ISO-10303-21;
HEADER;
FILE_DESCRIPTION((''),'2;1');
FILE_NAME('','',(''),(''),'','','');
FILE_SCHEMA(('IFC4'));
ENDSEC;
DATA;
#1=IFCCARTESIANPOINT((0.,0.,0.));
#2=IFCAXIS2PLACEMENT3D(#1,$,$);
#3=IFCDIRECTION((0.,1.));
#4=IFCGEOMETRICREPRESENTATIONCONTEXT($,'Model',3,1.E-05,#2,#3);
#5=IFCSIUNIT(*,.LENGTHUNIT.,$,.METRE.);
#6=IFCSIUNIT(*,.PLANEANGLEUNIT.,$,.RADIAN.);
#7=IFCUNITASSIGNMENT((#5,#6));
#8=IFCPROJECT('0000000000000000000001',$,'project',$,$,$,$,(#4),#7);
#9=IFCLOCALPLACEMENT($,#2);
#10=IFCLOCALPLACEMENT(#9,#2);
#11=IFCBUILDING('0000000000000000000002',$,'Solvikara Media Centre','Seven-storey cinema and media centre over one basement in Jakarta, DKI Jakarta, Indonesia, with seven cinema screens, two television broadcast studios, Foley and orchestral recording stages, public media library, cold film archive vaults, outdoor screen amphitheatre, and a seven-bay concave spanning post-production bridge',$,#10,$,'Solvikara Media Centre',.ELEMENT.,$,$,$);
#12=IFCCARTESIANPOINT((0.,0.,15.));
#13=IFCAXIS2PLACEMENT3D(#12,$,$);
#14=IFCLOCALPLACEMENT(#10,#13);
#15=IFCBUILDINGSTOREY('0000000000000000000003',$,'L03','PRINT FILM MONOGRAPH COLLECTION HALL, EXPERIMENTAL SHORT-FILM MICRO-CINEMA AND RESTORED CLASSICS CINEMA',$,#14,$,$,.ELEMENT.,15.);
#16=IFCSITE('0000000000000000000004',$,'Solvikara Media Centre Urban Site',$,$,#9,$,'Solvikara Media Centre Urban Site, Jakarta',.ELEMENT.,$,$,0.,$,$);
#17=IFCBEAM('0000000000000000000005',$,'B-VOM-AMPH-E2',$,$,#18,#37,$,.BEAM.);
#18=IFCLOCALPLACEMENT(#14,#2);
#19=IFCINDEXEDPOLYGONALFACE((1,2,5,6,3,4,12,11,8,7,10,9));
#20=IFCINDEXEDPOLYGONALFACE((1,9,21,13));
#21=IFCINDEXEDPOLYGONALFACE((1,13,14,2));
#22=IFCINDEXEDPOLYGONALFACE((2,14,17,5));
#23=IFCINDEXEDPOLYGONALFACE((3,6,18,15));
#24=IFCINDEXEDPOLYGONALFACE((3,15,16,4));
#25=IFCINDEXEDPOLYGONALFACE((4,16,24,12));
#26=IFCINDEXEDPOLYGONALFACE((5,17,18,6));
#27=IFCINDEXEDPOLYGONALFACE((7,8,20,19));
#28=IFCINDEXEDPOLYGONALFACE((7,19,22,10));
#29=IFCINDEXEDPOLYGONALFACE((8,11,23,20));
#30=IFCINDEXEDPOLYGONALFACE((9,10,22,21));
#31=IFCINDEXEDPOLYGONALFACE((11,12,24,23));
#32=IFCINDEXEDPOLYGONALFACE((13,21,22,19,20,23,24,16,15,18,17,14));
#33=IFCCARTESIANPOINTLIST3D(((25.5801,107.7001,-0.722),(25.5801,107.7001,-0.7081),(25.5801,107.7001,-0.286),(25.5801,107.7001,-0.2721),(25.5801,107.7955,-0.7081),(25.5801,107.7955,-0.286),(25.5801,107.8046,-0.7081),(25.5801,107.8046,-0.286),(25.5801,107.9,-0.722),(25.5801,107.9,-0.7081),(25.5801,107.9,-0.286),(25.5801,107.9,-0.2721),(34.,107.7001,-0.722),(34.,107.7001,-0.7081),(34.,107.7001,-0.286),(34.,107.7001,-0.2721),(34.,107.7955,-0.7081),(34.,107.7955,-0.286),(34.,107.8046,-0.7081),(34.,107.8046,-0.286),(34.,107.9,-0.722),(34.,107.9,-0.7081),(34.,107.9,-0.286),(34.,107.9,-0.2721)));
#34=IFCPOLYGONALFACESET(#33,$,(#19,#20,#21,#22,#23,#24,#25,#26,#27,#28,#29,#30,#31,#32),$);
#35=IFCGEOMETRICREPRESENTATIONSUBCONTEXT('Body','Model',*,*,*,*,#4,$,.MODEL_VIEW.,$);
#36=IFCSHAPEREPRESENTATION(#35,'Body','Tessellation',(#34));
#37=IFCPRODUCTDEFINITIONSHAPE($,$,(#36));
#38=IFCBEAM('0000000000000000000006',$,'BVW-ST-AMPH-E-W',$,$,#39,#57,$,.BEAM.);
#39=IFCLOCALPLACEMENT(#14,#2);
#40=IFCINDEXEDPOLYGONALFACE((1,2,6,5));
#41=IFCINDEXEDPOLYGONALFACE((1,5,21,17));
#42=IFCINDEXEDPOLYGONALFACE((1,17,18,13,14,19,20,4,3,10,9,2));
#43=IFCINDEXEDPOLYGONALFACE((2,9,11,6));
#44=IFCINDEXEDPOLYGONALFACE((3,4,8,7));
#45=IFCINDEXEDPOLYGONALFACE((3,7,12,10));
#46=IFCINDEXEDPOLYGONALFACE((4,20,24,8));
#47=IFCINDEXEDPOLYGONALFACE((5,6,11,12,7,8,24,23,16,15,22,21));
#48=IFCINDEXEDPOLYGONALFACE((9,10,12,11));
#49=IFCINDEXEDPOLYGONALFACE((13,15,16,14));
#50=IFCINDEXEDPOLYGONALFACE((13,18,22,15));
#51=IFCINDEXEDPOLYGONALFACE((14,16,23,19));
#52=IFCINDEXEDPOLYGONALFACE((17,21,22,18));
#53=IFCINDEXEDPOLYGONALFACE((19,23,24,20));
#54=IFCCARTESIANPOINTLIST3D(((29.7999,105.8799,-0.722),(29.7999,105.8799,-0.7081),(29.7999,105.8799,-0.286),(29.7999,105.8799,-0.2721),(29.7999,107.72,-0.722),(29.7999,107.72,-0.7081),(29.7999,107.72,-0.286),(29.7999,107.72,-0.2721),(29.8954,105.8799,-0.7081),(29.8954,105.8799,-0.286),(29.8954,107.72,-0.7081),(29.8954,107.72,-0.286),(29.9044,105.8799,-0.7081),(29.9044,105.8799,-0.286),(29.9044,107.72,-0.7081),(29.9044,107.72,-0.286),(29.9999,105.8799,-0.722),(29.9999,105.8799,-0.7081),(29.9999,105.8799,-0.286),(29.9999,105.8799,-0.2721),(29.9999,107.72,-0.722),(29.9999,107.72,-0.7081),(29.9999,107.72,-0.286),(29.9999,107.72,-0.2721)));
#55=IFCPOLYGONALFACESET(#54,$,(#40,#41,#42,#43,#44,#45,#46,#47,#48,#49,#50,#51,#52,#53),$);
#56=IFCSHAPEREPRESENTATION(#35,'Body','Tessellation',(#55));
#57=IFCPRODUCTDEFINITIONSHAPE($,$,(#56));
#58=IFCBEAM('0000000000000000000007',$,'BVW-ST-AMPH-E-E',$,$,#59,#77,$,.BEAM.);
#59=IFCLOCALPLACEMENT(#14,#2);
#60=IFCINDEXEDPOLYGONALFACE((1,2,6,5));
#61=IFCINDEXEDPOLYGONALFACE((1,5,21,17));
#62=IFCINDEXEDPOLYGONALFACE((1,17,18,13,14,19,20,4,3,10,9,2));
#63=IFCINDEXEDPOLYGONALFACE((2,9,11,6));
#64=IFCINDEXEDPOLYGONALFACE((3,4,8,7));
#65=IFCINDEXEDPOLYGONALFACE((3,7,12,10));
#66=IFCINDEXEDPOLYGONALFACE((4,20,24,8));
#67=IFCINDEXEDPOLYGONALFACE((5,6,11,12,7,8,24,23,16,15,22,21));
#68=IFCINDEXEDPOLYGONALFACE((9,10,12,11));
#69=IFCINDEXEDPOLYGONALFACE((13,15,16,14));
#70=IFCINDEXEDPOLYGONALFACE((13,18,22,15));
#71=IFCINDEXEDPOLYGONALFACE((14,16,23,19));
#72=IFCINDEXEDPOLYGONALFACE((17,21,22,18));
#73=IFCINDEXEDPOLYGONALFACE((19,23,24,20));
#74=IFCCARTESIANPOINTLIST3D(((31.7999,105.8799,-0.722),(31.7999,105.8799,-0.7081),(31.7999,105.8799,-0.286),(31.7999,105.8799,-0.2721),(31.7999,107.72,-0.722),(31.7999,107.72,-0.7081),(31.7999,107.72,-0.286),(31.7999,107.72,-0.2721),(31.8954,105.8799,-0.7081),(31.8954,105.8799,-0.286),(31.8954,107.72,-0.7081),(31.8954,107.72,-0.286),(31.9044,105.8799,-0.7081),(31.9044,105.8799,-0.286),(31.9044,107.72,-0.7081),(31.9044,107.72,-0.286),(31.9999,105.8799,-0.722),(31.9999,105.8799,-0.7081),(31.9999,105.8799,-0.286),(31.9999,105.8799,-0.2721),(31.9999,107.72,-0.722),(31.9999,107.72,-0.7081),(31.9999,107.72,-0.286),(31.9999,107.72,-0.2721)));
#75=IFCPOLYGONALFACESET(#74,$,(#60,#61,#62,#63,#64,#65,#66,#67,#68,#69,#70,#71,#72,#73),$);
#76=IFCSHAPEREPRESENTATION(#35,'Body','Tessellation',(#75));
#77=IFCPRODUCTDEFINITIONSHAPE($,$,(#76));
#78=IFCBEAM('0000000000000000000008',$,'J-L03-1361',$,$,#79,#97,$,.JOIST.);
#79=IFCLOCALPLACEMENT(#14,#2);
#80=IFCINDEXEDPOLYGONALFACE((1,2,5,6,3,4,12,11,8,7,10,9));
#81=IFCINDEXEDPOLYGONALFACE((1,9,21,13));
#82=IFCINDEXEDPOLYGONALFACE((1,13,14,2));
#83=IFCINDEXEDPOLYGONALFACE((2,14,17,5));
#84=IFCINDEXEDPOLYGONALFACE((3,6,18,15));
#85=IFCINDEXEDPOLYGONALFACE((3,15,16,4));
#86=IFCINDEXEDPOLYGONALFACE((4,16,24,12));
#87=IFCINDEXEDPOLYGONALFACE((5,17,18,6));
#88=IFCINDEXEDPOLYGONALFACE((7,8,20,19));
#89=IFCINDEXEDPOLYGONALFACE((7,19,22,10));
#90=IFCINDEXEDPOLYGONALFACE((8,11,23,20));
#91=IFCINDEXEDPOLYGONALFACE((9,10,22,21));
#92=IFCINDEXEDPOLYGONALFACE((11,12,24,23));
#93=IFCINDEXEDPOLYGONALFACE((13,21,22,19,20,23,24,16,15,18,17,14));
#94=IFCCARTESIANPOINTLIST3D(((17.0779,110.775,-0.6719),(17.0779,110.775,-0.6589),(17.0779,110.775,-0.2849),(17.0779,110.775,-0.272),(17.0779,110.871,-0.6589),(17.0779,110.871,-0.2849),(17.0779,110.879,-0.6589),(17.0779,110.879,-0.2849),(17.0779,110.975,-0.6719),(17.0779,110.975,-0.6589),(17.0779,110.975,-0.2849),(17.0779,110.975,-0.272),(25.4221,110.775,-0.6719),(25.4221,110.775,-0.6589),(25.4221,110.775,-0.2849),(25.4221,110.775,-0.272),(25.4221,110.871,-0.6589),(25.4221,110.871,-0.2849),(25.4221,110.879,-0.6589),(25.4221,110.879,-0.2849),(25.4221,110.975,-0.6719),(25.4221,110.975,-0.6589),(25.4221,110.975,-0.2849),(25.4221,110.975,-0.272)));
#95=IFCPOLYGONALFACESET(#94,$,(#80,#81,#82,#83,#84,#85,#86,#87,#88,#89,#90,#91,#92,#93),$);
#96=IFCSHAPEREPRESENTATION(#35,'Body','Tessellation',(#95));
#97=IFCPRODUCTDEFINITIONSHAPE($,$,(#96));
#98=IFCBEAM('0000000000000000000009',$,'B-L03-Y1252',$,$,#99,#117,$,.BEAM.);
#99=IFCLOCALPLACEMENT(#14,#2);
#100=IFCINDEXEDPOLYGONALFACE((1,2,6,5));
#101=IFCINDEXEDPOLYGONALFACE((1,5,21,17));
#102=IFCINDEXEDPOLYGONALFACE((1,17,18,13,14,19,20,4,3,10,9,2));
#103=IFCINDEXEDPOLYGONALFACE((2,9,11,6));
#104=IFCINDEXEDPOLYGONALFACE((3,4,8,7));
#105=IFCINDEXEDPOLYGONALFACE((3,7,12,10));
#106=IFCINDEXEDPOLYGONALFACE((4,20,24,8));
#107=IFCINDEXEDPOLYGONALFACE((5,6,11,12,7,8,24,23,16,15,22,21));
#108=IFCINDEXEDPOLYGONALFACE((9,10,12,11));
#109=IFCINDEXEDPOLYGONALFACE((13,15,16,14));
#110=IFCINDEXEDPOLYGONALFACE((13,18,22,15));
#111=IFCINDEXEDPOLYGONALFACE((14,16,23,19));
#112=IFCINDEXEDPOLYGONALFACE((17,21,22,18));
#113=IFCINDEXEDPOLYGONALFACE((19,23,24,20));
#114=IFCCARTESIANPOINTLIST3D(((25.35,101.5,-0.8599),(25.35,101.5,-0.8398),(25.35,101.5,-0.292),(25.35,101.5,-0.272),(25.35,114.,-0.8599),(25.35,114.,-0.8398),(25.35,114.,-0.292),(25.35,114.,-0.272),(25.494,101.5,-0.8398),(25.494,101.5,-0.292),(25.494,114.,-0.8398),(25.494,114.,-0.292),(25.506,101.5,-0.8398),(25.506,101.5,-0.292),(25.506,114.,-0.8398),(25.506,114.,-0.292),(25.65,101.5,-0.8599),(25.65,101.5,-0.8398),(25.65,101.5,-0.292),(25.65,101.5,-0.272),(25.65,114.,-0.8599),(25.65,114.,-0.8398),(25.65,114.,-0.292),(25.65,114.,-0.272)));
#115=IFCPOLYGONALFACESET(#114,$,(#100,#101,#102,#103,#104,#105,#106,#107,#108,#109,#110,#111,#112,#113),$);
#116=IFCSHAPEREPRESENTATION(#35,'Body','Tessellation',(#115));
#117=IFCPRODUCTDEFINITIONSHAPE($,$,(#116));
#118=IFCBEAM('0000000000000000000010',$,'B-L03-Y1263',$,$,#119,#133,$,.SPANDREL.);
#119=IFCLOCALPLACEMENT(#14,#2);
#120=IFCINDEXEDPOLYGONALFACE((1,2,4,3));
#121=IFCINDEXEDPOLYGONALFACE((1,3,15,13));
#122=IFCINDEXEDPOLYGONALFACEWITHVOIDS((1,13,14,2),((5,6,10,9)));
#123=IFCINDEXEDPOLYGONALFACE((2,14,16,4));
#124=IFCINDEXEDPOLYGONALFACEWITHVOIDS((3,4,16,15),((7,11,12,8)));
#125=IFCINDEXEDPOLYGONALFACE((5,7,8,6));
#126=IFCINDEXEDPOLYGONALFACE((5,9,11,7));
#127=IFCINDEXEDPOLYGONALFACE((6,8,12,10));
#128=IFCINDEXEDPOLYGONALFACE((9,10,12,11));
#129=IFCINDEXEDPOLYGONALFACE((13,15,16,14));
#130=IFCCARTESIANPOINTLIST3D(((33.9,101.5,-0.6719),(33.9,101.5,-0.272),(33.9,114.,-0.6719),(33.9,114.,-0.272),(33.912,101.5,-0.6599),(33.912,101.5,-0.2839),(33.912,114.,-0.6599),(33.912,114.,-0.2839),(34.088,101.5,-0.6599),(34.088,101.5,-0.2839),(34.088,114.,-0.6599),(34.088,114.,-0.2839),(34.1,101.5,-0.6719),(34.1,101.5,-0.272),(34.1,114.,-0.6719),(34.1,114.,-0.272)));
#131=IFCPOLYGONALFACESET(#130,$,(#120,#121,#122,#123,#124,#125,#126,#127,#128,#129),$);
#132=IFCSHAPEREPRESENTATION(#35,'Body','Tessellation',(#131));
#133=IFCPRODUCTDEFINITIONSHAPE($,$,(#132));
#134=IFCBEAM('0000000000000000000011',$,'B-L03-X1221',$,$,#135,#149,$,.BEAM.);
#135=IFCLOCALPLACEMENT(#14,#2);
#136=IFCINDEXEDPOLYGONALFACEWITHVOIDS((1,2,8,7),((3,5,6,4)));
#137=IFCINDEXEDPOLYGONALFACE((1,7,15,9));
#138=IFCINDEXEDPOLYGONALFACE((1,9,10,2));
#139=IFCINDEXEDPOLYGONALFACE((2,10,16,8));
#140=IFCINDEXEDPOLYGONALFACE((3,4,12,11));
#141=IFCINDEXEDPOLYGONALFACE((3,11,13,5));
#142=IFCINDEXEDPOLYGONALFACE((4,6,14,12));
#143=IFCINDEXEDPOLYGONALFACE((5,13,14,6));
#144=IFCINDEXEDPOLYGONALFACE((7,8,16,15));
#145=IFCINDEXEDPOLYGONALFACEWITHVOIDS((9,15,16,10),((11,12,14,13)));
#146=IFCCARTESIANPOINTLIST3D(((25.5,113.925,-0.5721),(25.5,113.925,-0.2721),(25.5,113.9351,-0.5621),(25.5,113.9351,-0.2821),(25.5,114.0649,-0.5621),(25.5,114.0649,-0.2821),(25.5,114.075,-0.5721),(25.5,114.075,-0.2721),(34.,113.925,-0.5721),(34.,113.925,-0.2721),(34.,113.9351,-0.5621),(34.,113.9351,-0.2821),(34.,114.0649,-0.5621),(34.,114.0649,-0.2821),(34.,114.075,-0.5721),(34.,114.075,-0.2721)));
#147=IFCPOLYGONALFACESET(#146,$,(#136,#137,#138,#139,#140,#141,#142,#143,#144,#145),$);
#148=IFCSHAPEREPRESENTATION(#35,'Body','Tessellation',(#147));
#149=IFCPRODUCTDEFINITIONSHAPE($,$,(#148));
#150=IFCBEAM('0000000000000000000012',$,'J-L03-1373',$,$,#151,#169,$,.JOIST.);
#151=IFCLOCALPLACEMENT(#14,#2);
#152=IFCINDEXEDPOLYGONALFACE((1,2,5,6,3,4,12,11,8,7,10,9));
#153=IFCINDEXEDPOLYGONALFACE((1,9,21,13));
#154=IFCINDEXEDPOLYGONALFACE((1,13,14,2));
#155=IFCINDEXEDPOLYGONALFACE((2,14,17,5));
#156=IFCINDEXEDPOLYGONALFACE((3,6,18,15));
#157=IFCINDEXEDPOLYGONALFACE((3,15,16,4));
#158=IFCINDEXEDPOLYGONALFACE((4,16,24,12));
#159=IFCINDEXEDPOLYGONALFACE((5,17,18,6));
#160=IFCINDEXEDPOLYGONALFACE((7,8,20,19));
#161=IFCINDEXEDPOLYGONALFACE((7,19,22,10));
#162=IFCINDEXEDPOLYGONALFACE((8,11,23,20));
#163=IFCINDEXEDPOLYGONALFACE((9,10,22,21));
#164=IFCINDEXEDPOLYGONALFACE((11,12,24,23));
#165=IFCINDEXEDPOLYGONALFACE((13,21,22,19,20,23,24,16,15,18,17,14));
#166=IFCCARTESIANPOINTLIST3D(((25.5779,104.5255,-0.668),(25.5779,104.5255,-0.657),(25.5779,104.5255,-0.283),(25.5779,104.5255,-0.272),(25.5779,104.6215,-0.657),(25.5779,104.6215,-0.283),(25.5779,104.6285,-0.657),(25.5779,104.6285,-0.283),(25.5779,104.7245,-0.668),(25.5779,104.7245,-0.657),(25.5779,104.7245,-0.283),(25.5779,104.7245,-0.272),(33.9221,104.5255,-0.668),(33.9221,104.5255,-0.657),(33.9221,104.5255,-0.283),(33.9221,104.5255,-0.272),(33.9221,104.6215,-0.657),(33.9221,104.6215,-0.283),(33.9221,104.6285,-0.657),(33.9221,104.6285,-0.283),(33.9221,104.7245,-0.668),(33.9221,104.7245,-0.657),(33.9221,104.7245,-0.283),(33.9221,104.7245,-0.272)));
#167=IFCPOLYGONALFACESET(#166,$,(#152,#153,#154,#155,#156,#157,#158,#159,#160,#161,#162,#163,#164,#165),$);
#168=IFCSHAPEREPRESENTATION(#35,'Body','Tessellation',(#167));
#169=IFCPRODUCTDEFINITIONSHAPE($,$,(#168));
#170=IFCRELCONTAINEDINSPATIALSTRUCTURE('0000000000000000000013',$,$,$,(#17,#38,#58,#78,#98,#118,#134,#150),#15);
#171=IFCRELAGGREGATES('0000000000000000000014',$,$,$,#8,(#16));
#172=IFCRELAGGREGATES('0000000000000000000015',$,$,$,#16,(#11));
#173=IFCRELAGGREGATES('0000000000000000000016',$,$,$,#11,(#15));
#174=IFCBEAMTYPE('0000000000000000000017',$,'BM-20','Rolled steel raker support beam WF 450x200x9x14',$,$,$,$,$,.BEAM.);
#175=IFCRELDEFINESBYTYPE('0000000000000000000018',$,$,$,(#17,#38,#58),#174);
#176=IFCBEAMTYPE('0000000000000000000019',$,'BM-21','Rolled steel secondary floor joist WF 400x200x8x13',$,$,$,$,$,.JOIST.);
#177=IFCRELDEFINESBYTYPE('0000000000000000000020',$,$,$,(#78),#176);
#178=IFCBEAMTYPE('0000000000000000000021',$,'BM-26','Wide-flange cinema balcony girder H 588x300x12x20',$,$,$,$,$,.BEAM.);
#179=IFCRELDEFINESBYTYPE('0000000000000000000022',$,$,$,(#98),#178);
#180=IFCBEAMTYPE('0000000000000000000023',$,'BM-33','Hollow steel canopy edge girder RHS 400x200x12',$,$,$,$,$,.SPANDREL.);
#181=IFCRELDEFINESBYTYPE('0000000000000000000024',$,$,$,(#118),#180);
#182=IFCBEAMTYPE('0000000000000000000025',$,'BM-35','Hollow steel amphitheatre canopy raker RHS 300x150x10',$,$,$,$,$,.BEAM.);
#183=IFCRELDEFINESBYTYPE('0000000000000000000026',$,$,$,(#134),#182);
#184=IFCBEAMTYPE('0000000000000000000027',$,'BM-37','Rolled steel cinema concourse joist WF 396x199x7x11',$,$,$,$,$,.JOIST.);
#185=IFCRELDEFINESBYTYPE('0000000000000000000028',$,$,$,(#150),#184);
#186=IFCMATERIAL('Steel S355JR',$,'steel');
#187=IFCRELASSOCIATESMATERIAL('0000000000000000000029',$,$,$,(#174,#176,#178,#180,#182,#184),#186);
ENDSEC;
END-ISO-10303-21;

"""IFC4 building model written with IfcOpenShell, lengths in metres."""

from ifc_helpers import new_model, si_unit, direction, frame, origin, origin_2d, place, context, subcontext, project, spatial, hollow_rectangle, i_section, extrude, material, material_profile, profile_set, type_object, element, save


model = new_model("IFC4")

# Units and contexts
model_context = context("Model", 3, precision=1e-05, world=origin(), true_north=direction((0.0, 1.0)))
body_context = subcontext(model_context, "Body", "Model", "MODEL_VIEW")
ifc_project = project(units=[si_unit("LENGTHUNIT", "METRE"), si_unit("PLANEANGLEUNIT", "RADIAN")], contexts=[model_context])

# Site, building, storey
site_placement = place(None, origin())
site = spatial("IfcSite", under=ifc_project, at=site_placement, Name="Solvikara Media Centre Urban Site", LongName="Solvikara Media Centre Urban Site, Jakarta", CompositionType="ELEMENT", RefElevation=0.0)
building_placement = place(site_placement, origin())
building = spatial("IfcBuilding", under=site, at=building_placement, Name="Solvikara Media Centre", Description="Seven-storey cinema and media centre over one basement in Jakarta, DKI Jakarta, Indonesia, with seven cinema screens, two television broadcast studios, Foley and orchestral recording stages, public media library, cold film archive vaults, outdoor screen amphitheatre, and a seven-bay concave spanning post-production bridge", LongName="Solvikara Media Centre", CompositionType="ELEMENT")
storey_placement = place(building_placement, frame((0.0, 0.0, 15.0)))
storey = spatial("IfcBuildingStorey", under=building, at=storey_placement, Name="L03", Description="PRINT FILM MONOGRAPH COLLECTION HALL, EXPERIMENTAL SHORT-FILM MICRO-CINEMA AND RESTORED CLASSICS CINEMA", CompositionType="ELEMENT", Elevation=15.0)

# Shared definitions
ifc_material_1 = material(Name="Steel S355JR", Category="steel")

# Beams
ifc_material_profile_1 = material_profile(ifc_material_1, i_section(OverallWidth=0.2, OverallDepth=0.45, WebThickness=0.009, FlangeThickness=0.0139, at=origin_2d()), Name="WF 450x200x9x14")
ifc_profile_set_1 = profile_set([ifc_material_profile_1], Name="Steel S355JR")
beam_type_1 = type_object("IfcBeamType", Name="BM-20", Description="Rolled steel raker support beam WF 450x200x9x14", PredefinedType="BEAM", material=ifc_profile_set_1)
for number, where, z_axis, x_axis, name in (
    (1, (25.5801, 107.8, -0.4971), (1.0, 0.0, 0.0), (0.0, 1.0, 0.0), "B-VOM-AMPH-E2"),
):
    element("IfcBeam", number, at=place(storey_placement, frame(where, z_axis=z_axis, x_axis=x_axis)), inside=storey, type_object=beam_type_1, Name=name, PredefinedType="BEAM", context=body_context, shape_type="SweptSolid", body=[
        extrude(i_section(OverallWidth=0.2, OverallDepth=0.45, WebThickness=0.009, FlangeThickness=0.0139, at=origin_2d()), origin(), (0.0, 0.0, 1.0), 8.4199),
    ])
for number, where, z_axis, x_axis, name in (
    (2, (29.8999, 105.8799, -0.4971), (0.0, 1.0, 0.0), (-1.0, 0.0, 0.0), "BVW-ST-AMPH-E-W"),
    (3, (31.8999, 105.8799, -0.4971), (0.0, 1.0, 0.0), (-1.0, 0.0, 0.0), "BVW-ST-AMPH-E-E"),
):
    element("IfcBeam", number, at=place(storey_placement, frame(where, z_axis=z_axis, x_axis=x_axis)), inside=storey, type_object=beam_type_1, Name=name, PredefinedType="BEAM", context=body_context, shape_type="SweptSolid", body=[
        extrude(i_section(OverallWidth=0.2, OverallDepth=0.45, WebThickness=0.009, FlangeThickness=0.0139, at=origin_2d()), origin(), (0.0, 0.0, 1.0), 1.8401),
    ])
ifc_material_profile_2 = material_profile(ifc_material_1, i_section(OverallWidth=0.2, OverallDepth=0.3999, WebThickness=0.0081, FlangeThickness=0.0129, at=origin_2d()), Name="WF 400x200x8x13")
ifc_profile_set_2 = profile_set([ifc_material_profile_2], Name="Steel S355JR")
beam_type_2 = type_object("IfcBeamType", Name="BM-21", Description="Rolled steel secondary floor joist WF 400x200x8x13", PredefinedType="JOIST", material=ifc_profile_set_2)
beam_1_placement = place(storey_placement, frame((17.0779, 110.875, -0.4719), z_axis=(1.0, 0.0, 0.0), x_axis=(0.0, 1.0, 0.0)))
element("IfcBeam", 4, at=beam_1_placement, inside=storey, type_object=beam_type_2, Name="J-L03-1361", PredefinedType="JOIST", context=body_context, shape_type="SweptSolid", body=[
    extrude(i_section(OverallWidth=0.2, OverallDepth=0.3999, WebThickness=0.0081, FlangeThickness=0.0129, at=origin_2d()), origin(), (0.0, 0.0, 1.0), 8.3442),
])
ifc_material_profile_3 = material_profile(ifc_material_1, i_section(OverallWidth=0.3, OverallDepth=0.5879, WebThickness=0.012, FlangeThickness=0.02, at=origin_2d()), Name="H 588x300x12x20")
ifc_profile_set_3 = profile_set([ifc_material_profile_3], Name="Steel S355JR")
beam_type_3 = type_object("IfcBeamType", Name="BM-26", Description="Wide-flange cinema balcony girder H 588x300x12x20", PredefinedType="BEAM", material=ifc_profile_set_3)
beam_2_placement = place(storey_placement, frame((25.5, 101.5, -0.5659), z_axis=(0.0, 1.0, 0.0), x_axis=(-1.0, 0.0, 0.0)))
element("IfcBeam", 5, at=beam_2_placement, inside=storey, type_object=beam_type_3, Name="B-L03-Y1252", PredefinedType="BEAM", context=body_context, shape_type="SweptSolid", body=[
    extrude(i_section(OverallWidth=0.3, OverallDepth=0.5879, WebThickness=0.012, FlangeThickness=0.02, at=origin_2d()), origin(), (0.0, 0.0, 1.0), 12.5),
])
ifc_material_profile_4 = material_profile(ifc_material_1, hollow_rectangle(XDim=0.2, YDim=0.3999, WallThickness=0.012, at=origin_2d()), Name="RHS 400x200x12")
ifc_profile_set_4 = profile_set([ifc_material_profile_4], Name="Steel S355JR")
beam_type_4 = type_object("IfcBeamType", Name="BM-33", Description="Hollow steel canopy edge girder RHS 400x200x12", PredefinedType="SPANDREL", material=ifc_profile_set_4)
beam_3_placement = place(storey_placement, frame((34.0, 101.5, -0.4719), z_axis=(0.0, 1.0, 0.0), x_axis=(-1.0, 0.0, 0.0)))
element("IfcBeam", 6, at=beam_3_placement, inside=storey, type_object=beam_type_4, Name="B-L03-Y1263", PredefinedType="SPANDREL", context=body_context, shape_type="SweptSolid", body=[
    extrude(hollow_rectangle(XDim=0.2, YDim=0.3999, WallThickness=0.012, at=origin_2d()), origin(), (0.0, 0.0, 1.0), 12.5),
])
ifc_material_profile_5 = material_profile(ifc_material_1, hollow_rectangle(XDim=0.1499, YDim=0.3, WallThickness=0.01, at=origin_2d()), Name="RHS 300x150x10")
ifc_profile_set_5 = profile_set([ifc_material_profile_5], Name="Steel S355JR")
beam_type_5 = type_object("IfcBeamType", Name="BM-35", Description="Hollow steel amphitheatre canopy raker RHS 300x150x10", PredefinedType="BEAM", material=ifc_profile_set_5)
beam_4_placement = place(storey_placement, frame((25.5, 114.0, -0.4221), z_axis=(1.0, 0.0, 0.0), x_axis=(0.0, 1.0, 0.0)))
element("IfcBeam", 7, at=beam_4_placement, inside=storey, type_object=beam_type_5, Name="B-L03-X1221", PredefinedType="BEAM", context=body_context, shape_type="SweptSolid", body=[
    extrude(hollow_rectangle(XDim=0.1499, YDim=0.3, WallThickness=0.01, at=origin_2d()), origin(), (0.0, 0.0, 1.0), 8.5),
])
ifc_material_profile_6 = material_profile(ifc_material_1, i_section(OverallWidth=0.199, OverallDepth=0.396, WebThickness=0.0071, FlangeThickness=0.011, at=origin_2d()), Name="WF 396x199x7x11")
ifc_profile_set_6 = profile_set([ifc_material_profile_6], Name="Steel S355JR")
beam_type_6 = type_object("IfcBeamType", Name="BM-37", Description="Rolled steel cinema concourse joist WF 396x199x7x11", PredefinedType="JOIST", material=ifc_profile_set_6)
beam_5_placement = place(storey_placement, frame((25.5779, 104.625, -0.47), z_axis=(1.0, 0.0, 0.0), x_axis=(0.0, 1.0, 0.0)))
element("IfcBeam", 8, at=beam_5_placement, inside=storey, type_object=beam_type_6, Name="J-L03-1373", PredefinedType="JOIST", context=body_context, shape_type="SweptSolid", body=[
    extrude(i_section(OverallWidth=0.199, OverallDepth=0.396, WebThickness=0.0071, FlangeThickness=0.011, at=origin_2d()), origin(), (0.0, 0.0, 1.0), 8.3442),
])

save(model, "model.ifc")
